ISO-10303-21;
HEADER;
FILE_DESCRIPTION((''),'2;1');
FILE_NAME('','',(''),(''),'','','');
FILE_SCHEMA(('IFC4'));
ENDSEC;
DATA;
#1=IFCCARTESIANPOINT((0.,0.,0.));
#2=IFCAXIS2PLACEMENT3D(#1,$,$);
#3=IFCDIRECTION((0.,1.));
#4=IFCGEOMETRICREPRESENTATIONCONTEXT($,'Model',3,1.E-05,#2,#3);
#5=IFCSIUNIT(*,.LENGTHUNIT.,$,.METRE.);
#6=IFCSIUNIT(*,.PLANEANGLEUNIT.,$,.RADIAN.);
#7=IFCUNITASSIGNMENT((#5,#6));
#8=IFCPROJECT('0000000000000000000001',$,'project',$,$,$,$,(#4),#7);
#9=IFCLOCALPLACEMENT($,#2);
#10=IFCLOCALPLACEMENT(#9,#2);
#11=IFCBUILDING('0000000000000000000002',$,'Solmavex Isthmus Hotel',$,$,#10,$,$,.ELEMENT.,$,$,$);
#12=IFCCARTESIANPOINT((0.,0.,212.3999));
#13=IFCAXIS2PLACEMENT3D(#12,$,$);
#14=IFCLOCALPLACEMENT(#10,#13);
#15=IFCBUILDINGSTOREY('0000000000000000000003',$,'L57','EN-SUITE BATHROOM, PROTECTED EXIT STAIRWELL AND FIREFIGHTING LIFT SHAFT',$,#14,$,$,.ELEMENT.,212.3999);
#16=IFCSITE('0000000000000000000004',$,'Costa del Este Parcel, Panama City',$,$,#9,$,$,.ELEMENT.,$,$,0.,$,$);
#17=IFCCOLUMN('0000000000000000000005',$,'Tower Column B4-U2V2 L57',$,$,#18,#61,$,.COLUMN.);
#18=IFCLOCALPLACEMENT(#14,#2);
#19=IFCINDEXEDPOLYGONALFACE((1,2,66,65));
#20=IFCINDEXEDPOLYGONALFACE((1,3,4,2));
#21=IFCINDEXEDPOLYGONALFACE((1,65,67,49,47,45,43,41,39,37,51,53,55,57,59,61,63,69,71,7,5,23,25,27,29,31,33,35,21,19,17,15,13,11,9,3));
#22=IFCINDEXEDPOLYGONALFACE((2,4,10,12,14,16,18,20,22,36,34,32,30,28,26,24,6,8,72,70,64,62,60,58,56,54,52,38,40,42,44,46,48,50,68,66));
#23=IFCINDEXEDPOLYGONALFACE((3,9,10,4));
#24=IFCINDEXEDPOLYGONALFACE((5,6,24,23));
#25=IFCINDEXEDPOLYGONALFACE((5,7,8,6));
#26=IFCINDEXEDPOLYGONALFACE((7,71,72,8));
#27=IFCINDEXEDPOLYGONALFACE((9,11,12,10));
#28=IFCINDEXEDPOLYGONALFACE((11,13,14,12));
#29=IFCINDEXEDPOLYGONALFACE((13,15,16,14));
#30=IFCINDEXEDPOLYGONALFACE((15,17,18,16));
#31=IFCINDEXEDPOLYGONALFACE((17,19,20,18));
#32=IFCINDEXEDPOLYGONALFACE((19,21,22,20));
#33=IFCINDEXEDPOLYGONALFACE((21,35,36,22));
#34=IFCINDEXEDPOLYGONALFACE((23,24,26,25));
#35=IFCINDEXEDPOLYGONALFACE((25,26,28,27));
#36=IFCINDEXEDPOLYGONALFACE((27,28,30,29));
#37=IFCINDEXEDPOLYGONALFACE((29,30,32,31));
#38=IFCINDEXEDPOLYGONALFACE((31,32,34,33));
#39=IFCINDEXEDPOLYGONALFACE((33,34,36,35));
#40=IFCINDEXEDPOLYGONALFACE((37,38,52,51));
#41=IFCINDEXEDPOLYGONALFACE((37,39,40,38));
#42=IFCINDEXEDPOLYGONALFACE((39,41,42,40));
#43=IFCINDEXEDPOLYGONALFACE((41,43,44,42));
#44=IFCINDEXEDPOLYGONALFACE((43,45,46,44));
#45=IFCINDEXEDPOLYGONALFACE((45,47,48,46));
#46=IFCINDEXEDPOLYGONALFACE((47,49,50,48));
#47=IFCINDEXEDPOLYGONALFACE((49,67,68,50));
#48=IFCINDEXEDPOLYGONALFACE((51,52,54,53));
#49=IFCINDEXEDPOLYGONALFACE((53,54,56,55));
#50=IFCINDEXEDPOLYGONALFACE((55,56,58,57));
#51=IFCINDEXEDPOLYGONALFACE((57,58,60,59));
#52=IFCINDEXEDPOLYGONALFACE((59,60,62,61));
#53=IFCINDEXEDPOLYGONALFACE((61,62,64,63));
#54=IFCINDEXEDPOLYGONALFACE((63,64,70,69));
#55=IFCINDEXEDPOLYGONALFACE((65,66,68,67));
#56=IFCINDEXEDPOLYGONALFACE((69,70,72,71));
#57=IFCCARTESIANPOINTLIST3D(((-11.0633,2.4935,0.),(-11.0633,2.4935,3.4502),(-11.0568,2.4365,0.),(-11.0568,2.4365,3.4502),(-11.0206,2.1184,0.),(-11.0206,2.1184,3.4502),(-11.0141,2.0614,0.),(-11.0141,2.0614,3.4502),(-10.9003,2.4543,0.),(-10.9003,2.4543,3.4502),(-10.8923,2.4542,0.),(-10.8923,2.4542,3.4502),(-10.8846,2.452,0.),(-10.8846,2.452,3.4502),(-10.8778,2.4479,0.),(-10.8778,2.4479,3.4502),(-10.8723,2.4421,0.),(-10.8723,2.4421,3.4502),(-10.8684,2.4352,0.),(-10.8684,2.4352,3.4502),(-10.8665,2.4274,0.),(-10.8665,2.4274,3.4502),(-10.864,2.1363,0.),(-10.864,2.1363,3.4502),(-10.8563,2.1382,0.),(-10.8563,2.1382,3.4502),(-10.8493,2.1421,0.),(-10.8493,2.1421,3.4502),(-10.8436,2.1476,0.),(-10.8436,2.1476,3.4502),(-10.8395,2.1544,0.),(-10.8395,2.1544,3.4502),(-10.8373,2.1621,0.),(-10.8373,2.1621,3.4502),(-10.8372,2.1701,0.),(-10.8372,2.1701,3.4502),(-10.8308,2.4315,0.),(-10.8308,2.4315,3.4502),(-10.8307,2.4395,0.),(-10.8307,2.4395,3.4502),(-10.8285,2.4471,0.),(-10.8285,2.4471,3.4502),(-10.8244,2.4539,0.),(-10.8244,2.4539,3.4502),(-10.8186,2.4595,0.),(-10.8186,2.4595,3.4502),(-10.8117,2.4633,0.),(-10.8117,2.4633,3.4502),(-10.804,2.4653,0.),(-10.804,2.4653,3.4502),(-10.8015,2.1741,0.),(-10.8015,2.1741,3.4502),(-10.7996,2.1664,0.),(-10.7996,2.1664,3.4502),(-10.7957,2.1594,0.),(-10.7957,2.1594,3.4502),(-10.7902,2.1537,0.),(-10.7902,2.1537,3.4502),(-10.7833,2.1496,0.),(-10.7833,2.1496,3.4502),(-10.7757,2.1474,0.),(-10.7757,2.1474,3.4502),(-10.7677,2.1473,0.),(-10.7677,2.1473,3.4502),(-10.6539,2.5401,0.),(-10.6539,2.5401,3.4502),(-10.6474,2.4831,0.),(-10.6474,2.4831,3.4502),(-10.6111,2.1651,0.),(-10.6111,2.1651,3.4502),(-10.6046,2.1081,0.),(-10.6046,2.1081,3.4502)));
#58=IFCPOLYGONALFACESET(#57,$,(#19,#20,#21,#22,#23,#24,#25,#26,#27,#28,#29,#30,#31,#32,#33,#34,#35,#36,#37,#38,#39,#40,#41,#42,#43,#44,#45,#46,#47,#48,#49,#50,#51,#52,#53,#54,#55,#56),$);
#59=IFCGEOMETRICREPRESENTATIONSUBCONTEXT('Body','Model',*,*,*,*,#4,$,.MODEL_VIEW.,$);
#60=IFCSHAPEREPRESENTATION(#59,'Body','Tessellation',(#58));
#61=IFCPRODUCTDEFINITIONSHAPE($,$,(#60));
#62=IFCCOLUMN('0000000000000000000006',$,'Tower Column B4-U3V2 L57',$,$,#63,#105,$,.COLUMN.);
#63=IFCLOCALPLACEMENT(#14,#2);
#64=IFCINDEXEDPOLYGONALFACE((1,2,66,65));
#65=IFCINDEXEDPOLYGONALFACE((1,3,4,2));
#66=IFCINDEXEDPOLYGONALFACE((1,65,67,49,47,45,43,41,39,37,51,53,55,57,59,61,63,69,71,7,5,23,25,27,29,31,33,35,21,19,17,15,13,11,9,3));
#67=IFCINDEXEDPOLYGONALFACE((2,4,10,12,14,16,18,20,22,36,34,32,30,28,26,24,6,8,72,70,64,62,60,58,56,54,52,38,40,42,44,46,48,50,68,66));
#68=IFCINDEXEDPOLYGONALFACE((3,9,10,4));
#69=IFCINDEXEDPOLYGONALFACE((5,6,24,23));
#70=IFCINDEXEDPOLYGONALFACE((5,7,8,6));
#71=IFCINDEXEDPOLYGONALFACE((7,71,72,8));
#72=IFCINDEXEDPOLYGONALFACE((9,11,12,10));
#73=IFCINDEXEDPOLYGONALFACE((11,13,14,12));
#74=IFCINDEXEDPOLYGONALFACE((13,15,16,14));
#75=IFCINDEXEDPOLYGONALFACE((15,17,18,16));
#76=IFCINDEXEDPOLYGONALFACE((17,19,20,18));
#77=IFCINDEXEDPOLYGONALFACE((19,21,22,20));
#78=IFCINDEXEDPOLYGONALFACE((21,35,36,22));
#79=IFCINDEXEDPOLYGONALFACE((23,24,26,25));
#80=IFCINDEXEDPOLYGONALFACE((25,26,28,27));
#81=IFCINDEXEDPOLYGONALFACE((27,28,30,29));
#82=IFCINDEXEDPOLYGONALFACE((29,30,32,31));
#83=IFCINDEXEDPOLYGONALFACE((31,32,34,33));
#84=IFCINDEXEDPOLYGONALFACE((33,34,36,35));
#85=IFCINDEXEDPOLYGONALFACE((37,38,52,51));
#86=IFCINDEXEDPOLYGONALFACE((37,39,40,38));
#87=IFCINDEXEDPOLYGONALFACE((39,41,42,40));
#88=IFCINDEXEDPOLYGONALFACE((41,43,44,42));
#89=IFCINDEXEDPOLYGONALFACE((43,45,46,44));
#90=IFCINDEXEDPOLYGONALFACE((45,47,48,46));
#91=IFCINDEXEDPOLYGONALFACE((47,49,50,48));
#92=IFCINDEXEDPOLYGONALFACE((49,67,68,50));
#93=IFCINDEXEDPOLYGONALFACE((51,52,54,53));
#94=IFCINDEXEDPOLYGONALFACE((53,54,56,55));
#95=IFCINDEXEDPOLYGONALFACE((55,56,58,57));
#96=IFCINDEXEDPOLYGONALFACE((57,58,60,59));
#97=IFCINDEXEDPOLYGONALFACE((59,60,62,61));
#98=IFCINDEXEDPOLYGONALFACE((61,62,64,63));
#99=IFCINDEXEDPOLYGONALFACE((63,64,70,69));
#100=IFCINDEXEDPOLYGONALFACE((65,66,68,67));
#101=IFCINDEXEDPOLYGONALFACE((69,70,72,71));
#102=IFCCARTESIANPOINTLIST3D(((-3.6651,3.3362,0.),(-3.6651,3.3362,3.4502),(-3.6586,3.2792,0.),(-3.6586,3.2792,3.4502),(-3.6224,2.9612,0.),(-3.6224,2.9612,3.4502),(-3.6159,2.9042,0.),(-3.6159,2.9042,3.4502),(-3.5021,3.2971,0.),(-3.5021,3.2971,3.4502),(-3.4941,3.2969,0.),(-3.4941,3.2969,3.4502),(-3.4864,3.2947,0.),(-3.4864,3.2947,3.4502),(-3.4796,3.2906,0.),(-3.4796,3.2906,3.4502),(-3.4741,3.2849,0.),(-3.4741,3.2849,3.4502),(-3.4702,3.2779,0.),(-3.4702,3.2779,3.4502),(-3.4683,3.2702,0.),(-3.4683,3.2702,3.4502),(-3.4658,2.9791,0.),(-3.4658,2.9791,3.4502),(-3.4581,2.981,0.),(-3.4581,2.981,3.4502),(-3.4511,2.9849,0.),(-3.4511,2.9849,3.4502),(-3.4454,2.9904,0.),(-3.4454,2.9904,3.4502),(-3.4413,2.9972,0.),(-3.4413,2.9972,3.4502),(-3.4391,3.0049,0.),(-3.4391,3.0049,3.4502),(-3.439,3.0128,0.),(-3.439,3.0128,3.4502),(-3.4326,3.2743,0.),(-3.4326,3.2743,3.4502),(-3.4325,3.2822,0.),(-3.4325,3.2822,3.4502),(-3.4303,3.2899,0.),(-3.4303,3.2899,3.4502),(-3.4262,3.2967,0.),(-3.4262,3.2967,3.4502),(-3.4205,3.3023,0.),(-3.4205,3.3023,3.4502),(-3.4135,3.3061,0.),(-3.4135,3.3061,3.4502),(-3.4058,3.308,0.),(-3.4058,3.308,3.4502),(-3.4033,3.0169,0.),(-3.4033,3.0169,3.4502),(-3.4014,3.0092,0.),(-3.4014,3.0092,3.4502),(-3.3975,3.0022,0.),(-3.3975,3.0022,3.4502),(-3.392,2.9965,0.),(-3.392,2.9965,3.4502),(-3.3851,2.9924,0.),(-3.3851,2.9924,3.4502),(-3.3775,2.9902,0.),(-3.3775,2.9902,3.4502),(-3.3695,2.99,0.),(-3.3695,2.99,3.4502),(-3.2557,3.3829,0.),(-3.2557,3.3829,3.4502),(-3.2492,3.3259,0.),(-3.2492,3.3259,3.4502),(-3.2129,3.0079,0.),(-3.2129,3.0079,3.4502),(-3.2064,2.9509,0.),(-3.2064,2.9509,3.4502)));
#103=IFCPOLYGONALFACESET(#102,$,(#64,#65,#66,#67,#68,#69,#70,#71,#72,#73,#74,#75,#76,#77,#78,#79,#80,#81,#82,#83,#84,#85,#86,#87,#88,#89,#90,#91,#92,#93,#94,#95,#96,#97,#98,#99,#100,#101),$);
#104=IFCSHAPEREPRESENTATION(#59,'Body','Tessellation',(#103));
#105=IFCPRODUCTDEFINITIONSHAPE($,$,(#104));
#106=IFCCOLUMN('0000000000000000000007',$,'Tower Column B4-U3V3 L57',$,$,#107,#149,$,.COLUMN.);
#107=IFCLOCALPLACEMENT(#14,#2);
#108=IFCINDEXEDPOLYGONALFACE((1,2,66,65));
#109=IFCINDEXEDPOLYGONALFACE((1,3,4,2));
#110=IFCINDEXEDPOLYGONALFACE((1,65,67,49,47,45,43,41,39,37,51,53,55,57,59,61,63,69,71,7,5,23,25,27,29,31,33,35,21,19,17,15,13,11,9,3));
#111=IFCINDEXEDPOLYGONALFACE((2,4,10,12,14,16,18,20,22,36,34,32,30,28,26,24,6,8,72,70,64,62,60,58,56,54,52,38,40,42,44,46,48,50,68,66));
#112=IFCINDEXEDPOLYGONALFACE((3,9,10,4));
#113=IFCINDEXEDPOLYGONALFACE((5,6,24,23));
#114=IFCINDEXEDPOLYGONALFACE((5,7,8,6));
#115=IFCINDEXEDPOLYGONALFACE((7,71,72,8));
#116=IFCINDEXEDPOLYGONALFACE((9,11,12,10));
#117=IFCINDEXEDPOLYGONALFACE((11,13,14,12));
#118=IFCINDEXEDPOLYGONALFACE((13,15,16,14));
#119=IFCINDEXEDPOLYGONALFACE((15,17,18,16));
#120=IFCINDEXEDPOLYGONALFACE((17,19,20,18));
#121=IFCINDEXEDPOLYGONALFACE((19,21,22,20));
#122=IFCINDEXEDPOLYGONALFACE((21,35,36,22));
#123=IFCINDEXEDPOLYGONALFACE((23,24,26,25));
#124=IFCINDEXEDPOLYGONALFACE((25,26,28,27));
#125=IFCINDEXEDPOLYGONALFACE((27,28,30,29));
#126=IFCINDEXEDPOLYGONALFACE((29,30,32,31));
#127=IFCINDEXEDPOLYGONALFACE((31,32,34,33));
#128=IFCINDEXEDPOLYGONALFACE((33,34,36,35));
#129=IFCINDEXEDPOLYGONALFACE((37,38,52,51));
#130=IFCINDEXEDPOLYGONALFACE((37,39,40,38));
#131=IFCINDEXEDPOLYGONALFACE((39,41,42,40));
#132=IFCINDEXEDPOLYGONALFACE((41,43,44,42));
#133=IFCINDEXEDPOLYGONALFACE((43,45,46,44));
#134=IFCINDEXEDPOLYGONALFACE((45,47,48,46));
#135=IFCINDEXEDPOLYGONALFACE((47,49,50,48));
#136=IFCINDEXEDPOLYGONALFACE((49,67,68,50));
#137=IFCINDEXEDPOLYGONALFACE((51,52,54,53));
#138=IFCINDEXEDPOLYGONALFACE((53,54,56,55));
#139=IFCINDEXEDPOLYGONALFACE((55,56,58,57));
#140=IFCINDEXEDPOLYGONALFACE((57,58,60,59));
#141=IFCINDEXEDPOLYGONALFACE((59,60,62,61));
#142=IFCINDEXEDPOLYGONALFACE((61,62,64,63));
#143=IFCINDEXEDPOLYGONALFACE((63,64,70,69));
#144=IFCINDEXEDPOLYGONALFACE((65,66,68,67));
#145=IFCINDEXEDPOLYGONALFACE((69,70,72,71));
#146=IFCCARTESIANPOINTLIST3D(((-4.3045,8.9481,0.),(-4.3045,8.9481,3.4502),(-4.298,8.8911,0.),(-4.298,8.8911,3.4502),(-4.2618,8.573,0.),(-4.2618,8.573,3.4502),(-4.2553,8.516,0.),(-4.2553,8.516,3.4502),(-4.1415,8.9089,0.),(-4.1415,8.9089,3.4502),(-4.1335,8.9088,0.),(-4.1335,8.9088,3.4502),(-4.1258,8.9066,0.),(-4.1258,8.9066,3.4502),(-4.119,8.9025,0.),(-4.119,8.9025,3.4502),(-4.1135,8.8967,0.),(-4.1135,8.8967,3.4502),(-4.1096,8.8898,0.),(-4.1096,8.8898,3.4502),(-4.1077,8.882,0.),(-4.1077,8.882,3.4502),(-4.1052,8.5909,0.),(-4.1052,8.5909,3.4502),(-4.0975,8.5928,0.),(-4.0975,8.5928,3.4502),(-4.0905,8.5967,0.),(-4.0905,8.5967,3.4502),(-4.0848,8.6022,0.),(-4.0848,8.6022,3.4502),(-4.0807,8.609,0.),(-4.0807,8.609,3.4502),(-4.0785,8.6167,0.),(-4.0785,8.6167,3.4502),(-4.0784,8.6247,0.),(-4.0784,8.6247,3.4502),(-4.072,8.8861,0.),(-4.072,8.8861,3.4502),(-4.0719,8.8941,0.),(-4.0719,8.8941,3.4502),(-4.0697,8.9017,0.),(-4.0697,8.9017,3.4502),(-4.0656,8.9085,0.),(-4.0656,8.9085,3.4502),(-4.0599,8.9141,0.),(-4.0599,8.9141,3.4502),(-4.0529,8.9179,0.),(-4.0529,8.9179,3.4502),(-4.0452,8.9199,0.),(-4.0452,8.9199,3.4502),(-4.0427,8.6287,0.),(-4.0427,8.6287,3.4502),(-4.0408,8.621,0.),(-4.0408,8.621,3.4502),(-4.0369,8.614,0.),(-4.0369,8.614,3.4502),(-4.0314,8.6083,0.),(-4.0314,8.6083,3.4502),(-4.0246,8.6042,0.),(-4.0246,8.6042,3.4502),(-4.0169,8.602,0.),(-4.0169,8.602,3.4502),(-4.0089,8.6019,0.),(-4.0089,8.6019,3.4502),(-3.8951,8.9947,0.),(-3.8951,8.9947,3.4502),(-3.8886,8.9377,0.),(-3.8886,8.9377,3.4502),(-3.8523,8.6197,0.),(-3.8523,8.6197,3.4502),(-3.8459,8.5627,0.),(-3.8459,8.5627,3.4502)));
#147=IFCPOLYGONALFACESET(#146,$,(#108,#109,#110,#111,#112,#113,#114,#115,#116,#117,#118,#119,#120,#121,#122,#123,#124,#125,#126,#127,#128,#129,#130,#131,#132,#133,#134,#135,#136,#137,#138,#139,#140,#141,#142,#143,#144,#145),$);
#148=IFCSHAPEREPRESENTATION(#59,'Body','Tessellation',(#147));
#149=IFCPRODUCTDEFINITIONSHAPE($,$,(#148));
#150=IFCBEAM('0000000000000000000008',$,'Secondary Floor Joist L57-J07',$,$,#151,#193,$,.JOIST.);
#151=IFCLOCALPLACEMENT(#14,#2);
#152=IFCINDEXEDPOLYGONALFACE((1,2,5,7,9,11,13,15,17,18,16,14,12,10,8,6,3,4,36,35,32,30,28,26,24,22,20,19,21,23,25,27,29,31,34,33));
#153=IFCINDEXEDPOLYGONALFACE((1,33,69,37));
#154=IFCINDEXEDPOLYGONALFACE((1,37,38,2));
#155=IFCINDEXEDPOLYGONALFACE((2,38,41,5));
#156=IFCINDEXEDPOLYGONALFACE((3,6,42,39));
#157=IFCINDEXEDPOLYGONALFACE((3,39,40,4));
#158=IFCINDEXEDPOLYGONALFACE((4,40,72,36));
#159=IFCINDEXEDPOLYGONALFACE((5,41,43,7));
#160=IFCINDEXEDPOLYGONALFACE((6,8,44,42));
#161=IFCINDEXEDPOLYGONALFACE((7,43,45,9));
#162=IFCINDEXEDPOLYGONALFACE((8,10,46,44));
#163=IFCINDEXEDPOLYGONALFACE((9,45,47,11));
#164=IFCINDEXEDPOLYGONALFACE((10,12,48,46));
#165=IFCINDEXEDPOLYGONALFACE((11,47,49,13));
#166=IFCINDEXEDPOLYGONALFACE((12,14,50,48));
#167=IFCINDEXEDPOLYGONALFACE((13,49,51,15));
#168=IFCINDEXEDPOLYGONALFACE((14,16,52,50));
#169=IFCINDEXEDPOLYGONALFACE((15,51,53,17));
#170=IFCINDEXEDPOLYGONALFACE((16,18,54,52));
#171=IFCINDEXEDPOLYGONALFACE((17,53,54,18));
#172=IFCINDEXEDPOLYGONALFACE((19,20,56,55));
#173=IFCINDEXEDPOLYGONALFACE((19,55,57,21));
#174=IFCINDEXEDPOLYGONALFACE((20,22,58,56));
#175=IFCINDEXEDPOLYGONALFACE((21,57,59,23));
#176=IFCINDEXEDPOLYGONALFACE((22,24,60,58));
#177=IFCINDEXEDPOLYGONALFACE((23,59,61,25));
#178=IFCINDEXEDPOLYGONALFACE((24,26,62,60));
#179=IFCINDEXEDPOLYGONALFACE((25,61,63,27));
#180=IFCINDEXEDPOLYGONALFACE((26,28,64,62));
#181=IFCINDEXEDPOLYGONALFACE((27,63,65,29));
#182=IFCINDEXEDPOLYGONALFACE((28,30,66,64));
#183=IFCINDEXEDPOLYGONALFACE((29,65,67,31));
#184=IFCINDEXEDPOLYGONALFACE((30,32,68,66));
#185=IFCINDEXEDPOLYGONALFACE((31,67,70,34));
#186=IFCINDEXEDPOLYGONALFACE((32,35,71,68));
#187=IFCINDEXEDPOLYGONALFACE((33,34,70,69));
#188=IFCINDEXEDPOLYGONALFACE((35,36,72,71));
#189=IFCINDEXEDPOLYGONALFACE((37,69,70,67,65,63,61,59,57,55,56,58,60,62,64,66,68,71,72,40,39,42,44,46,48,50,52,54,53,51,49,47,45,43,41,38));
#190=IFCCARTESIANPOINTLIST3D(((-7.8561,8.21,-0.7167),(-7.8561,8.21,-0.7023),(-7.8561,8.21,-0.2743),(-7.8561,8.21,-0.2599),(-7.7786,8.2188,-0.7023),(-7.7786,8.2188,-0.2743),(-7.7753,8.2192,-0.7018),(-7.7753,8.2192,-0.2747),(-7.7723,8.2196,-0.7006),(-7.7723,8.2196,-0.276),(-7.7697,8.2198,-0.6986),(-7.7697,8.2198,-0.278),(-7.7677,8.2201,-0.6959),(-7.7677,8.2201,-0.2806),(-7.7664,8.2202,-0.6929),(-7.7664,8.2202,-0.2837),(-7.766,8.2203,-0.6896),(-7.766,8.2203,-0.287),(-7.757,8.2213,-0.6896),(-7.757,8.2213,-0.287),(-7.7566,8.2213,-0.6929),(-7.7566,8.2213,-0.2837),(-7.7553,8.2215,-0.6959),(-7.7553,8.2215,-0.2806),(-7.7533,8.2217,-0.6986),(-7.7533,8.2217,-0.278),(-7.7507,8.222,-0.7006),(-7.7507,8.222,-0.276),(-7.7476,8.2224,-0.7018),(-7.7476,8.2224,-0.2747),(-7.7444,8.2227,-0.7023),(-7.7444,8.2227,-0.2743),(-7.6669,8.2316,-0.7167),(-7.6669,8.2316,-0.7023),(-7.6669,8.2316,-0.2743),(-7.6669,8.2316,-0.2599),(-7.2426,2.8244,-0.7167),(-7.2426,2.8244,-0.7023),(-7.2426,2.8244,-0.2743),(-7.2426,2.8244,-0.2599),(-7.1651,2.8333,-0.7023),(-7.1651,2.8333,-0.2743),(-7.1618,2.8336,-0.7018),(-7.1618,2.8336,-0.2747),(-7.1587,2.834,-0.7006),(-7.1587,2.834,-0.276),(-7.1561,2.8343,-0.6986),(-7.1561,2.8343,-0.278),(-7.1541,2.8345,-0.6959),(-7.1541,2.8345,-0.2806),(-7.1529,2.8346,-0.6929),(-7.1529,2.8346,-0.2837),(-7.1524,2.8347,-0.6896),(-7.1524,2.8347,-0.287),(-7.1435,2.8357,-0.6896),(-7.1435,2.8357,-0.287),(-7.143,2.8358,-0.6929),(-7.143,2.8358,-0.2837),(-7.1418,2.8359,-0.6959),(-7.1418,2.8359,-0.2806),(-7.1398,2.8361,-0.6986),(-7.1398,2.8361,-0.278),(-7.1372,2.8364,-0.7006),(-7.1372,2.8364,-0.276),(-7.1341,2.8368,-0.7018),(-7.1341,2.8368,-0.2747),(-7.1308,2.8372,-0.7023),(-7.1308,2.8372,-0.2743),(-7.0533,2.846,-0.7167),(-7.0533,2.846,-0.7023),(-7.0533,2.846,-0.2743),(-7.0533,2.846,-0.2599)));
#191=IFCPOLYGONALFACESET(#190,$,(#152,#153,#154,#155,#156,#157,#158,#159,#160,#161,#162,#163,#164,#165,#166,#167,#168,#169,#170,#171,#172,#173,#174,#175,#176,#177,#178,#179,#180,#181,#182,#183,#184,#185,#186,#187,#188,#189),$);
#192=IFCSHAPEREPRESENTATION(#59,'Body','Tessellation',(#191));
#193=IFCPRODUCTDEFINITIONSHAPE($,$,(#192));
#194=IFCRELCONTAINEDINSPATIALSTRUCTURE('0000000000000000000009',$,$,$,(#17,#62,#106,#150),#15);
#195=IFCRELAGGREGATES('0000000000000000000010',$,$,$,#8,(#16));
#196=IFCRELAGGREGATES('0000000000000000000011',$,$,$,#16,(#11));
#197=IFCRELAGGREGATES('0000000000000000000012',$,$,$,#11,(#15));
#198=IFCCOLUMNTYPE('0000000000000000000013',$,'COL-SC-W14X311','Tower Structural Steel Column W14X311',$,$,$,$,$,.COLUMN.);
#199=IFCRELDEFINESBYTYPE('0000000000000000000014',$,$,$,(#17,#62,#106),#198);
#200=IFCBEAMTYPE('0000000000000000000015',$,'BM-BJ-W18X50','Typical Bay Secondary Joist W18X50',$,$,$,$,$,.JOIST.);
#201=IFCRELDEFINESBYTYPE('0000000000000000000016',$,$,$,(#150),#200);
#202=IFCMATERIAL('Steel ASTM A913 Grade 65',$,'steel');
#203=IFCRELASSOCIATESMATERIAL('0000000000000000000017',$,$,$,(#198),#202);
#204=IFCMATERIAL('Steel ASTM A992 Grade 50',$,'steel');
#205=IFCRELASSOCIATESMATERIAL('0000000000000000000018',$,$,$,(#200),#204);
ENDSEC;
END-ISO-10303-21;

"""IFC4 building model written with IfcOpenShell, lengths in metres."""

from ifc_helpers import new_model, si_unit, direction, frame, origin, origin_2d, place, context, subcontext, project, spatial, i_section, extrude, material, material_profile, profile_set, type_object, element, save


model = new_model("IFC4")

# Units and contexts
model_context = context("Model", 3, precision=1e-05, world=origin(), true_north=direction((0.0, 1.0)))
body_context = subcontext(model_context, "Body", "Model", "MODEL_VIEW")
ifc_project = project(units=[si_unit("LENGTHUNIT", "METRE"), si_unit("PLANEANGLEUNIT", "RADIAN")], contexts=[model_context])

# Site, building, storey
site_placement = place(None, origin())
site = spatial("IfcSite", under=ifc_project, at=site_placement, Name="Costa del Este Parcel, Panama City", CompositionType="ELEMENT", RefElevation=0.0)
building_placement = place(site_placement, origin())
building = spatial("IfcBuilding", under=site, at=building_placement, Name="Solmavex Isthmus Hotel", CompositionType="ELEMENT")
storey_placement = place(building_placement, frame((0.0, 0.0, 212.3999)))
storey = spatial("IfcBuildingStorey", under=building, at=storey_placement, Name="L57", Description="EN-SUITE BATHROOM, PROTECTED EXIT STAIRWELL AND FIREFIGHTING LIFT SHAFT", CompositionType="ELEMENT", Elevation=212.3999)

# Columns
ifc_material_1 = material(Name="Steel ASTM A913 Grade 65", Category="steel")
ifc_material_profile_1 = material_profile(ifc_material_1, i_section(OverallWidth=0.4121, OverallDepth=0.4348, WebThickness=0.0359, FlangeThickness=0.0574, FilletRadius=0.0305, at=origin_2d()), Name="W14X311")
ifc_profile_set_1 = profile_set([ifc_material_profile_1], Name="Steel ASTM A913 Grade 65")
column_type = type_object("IfcColumnType", Name="COL-SC-W14X311", Description="Tower Structural Steel Column W14X311", PredefinedType="COLUMN", material=ifc_profile_set_1)
for number, where, z_axis, x_axis, name in (
    (1, (-10.834, 2.3008, 0.0), (0.0, 0.0, 1.0), (0.993572, 0.113203, 0.0), "Tower Column B4-U2V2 L57"),
    (2, (-3.4358, 3.1436, 0.0), (0.0, 0.0, 1.0), (0.993572, 0.113203, 0.0), "Tower Column B4-U3V2 L57"),
    (3, (-4.0752, 8.7554, 0.0), (0.0, 0.0, 1.0), (0.993572, 0.113203, 0.0), "Tower Column B4-U3V3 L57"),
):
    element("IfcColumn", number, at=place(storey_placement, frame(where, z_axis=z_axis, x_axis=x_axis)), inside=storey, type_object=column_type, Name=name, PredefinedType="COLUMN", context=body_context, shape_type="SweptSolid", body=[
        extrude(i_section(OverallWidth=0.4121, OverallDepth=0.4348, WebThickness=0.0359, FlangeThickness=0.0574, FilletRadius=0.0305, at=origin_2d()), origin(), (0.0, 0.0, 1.0), 3.4502),
    ])

# Beam
ifc_material_2 = material(Name="Steel ASTM A992 Grade 50", Category="steel")
ifc_material_profile_2 = material_profile(ifc_material_2, i_section(OverallWidth=0.1904, OverallDepth=0.4568, WebThickness=0.009, FlangeThickness=0.0144, FilletRadius=0.0127, at=origin_2d()), Name="W18X50")
ifc_profile_set_2 = profile_set([ifc_material_profile_2], Name="Steel ASTM A992 Grade 50")
beam_type_1 = type_object("IfcBeamType", Name="BM-BJ-W18X50", Description="Typical Bay Secondary Joist W18X50", PredefinedType="JOIST", material=ifc_profile_set_2)
beam_1_placement = place(storey_placement, frame((-7.1479, 2.8352, -0.4883), z_axis=(-0.11319, 0.993573, 0.0), x_axis=(-0.993573, -0.11319, 0.0)))
element("IfcBeam", 4, at=beam_1_placement, inside=storey, type_object=beam_type_1, Name="Secondary Floor Joist L57-J07", PredefinedType="JOIST", context=body_context, shape_type="SweptSolid", body=[
    extrude(i_section(OverallWidth=0.1904, OverallDepth=0.4568, WebThickness=0.009, FlangeThickness=0.0144, FilletRadius=0.0127, at=origin_2d()), origin(), (0.0, 0.0, 1.0), 5.4204),
])

save(model, "model.ifc")
